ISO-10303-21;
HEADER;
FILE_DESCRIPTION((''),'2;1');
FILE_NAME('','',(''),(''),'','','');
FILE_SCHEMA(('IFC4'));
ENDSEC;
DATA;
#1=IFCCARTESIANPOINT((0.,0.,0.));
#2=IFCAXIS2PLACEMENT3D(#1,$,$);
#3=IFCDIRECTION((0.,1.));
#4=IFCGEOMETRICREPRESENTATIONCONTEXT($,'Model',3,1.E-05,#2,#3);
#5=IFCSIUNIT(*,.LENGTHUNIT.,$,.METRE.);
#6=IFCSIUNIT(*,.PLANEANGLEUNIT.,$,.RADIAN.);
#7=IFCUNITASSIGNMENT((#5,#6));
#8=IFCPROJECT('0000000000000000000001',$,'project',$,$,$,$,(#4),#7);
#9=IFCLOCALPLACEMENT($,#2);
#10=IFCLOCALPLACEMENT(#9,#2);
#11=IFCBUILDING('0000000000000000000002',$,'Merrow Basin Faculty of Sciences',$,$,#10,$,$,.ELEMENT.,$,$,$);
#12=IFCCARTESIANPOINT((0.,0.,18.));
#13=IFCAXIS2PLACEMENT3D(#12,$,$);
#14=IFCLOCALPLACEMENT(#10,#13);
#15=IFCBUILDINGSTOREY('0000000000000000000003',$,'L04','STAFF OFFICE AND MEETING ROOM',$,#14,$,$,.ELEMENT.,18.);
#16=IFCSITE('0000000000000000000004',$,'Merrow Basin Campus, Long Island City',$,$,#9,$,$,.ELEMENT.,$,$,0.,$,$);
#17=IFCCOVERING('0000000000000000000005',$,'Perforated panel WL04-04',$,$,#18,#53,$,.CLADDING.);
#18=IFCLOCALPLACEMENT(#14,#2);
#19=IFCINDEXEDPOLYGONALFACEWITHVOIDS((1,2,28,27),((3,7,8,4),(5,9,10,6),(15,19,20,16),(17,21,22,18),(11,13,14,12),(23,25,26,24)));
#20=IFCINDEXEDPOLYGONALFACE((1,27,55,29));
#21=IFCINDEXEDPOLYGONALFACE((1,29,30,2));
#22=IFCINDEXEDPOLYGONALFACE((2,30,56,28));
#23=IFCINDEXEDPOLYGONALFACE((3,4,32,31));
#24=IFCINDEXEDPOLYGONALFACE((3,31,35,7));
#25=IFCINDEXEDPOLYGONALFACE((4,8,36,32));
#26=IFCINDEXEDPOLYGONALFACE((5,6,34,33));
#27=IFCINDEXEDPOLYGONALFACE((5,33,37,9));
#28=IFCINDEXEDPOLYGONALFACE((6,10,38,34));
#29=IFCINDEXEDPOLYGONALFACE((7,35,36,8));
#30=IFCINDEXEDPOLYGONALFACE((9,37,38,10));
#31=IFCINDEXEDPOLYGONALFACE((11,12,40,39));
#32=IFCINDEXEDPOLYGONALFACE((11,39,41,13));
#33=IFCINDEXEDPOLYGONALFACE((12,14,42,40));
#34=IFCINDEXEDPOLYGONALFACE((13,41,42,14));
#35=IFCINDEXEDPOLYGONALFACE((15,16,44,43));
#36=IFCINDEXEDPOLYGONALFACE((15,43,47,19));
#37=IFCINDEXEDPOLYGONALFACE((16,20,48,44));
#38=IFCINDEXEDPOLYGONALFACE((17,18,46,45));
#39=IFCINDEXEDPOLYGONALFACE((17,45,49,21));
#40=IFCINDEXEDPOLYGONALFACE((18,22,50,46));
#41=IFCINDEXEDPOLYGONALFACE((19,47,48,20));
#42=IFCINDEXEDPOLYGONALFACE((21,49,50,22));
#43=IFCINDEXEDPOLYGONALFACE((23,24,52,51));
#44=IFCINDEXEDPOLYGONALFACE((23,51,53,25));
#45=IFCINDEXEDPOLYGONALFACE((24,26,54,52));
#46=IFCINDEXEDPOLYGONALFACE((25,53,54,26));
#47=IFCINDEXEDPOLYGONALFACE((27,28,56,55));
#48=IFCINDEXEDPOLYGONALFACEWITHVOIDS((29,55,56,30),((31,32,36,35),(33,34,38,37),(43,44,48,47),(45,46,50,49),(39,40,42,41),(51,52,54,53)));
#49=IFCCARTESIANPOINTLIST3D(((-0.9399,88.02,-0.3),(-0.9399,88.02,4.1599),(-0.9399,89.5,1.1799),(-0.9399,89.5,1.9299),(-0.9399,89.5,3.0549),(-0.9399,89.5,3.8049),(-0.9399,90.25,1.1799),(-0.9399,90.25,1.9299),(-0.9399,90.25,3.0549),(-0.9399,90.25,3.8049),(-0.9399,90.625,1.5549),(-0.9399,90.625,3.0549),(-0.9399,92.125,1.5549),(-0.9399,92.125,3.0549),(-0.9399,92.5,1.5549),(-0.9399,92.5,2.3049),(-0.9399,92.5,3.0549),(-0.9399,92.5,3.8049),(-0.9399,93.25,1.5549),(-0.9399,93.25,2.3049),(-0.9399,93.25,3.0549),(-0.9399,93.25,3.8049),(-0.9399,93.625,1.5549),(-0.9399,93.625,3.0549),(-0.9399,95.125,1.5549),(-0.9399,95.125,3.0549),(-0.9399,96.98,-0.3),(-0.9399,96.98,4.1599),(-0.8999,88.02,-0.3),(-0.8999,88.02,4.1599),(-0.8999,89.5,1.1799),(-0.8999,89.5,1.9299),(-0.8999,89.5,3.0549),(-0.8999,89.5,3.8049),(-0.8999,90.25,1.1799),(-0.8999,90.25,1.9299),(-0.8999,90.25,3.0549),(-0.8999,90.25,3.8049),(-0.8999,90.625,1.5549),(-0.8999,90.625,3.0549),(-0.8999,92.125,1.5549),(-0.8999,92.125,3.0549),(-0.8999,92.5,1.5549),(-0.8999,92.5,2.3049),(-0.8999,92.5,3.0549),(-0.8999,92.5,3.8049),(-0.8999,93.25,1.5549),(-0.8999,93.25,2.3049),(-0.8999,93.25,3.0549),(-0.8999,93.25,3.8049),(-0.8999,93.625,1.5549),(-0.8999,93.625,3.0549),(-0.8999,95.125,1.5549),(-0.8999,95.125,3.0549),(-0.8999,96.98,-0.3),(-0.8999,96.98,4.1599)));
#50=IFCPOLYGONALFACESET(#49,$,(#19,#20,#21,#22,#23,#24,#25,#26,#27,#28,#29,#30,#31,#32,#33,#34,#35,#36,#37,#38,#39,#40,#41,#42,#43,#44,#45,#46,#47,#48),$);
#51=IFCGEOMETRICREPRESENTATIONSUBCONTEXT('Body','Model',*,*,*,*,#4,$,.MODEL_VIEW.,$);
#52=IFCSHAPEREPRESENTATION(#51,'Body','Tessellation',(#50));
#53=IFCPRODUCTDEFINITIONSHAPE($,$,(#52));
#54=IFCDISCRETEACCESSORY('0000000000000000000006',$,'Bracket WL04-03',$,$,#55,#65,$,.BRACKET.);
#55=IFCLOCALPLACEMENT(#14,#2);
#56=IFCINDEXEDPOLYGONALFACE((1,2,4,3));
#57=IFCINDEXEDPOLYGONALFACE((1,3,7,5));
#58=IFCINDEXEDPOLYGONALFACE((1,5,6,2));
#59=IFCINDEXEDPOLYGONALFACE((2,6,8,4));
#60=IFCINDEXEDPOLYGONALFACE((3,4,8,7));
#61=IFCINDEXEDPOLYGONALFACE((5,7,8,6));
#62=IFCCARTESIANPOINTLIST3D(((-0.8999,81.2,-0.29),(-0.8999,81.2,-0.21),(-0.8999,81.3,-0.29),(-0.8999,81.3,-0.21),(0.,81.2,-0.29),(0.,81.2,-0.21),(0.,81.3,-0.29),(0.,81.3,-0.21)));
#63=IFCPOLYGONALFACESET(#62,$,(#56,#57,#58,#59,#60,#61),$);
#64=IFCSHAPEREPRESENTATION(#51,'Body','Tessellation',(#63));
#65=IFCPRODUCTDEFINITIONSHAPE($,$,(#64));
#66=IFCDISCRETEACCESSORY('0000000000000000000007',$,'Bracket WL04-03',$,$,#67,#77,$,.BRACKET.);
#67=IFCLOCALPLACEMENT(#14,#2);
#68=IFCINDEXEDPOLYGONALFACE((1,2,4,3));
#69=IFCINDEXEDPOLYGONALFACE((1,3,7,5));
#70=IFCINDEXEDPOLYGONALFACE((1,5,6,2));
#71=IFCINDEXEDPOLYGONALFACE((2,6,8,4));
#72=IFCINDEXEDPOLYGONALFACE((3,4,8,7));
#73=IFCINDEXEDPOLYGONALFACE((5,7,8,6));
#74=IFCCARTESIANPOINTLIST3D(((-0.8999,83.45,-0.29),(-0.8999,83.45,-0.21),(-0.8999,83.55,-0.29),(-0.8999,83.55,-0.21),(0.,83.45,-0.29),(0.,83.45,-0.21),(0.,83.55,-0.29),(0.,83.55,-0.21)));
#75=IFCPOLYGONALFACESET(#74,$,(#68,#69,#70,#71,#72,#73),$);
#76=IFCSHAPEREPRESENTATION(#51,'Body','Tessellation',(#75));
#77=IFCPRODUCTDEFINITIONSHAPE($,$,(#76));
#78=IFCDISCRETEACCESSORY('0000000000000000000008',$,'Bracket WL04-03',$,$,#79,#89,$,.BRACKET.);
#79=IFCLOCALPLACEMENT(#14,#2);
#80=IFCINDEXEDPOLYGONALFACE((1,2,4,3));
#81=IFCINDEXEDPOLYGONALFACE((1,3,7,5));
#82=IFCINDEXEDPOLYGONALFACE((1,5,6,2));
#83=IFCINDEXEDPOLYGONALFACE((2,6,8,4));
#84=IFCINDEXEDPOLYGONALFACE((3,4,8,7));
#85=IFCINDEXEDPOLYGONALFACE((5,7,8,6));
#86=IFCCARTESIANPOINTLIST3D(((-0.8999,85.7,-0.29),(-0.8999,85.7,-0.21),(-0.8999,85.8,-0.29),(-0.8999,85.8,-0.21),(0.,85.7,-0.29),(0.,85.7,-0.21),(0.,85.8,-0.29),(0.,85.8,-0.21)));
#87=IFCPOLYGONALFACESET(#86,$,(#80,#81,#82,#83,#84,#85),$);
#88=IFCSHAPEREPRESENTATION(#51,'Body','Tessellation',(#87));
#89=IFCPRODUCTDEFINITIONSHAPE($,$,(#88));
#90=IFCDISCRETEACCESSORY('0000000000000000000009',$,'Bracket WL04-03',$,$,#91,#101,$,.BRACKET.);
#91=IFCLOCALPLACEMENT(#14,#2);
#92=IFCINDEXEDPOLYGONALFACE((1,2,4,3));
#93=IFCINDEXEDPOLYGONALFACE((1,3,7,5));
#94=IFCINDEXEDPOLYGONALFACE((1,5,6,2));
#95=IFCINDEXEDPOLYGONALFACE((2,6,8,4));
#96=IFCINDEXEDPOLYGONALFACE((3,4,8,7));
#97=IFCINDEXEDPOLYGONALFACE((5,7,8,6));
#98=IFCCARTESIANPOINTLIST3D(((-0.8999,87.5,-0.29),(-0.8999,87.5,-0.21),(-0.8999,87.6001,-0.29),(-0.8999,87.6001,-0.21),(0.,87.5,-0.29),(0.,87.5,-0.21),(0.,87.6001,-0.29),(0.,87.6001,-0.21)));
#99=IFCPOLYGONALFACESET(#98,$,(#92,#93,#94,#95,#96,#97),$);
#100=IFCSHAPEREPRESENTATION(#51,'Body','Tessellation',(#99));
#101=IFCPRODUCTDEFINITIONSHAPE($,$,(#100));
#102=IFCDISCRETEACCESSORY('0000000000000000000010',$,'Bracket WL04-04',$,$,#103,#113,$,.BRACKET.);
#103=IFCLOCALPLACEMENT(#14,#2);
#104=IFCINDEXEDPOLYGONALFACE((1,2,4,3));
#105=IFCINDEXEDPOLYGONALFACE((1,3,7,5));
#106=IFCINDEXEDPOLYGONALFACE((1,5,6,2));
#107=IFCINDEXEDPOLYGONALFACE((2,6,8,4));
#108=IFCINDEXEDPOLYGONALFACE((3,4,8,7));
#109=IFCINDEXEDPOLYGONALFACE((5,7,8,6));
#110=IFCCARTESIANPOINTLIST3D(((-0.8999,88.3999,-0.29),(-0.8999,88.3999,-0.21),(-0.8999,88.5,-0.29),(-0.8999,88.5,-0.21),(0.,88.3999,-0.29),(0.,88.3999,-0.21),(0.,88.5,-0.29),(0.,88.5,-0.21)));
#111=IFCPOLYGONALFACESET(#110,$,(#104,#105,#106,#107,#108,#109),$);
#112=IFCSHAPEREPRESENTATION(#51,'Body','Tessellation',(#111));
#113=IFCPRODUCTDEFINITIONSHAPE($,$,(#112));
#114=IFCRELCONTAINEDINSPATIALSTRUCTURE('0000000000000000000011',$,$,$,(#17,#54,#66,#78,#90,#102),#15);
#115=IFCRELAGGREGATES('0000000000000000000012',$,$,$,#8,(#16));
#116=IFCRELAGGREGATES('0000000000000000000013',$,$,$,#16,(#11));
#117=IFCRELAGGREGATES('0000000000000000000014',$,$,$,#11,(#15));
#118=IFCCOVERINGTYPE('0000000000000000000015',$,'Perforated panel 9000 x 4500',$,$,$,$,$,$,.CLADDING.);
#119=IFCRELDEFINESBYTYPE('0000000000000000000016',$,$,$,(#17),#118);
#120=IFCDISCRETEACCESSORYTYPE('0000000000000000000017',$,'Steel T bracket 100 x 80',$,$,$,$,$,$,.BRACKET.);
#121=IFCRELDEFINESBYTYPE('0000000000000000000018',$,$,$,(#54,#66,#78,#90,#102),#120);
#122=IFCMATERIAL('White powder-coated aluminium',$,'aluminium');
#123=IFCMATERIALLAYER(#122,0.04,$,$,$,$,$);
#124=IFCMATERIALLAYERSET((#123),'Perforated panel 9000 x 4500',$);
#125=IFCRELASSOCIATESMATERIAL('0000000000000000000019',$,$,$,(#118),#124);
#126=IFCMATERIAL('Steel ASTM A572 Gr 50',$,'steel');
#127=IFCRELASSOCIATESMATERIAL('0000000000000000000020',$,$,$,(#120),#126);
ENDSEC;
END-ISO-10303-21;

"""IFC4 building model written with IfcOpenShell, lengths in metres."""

from ifc_helpers import new_model, si_unit, direction, frame, origin, place, context, subcontext, project, spatial, polyline, outline, extrude, source, transform, mapped, material, layer, layer_set, type_object, element, save


model = new_model("IFC4")

# Units and contexts
model_context = context("Model", 3, precision=1e-05, world=origin(), true_north=direction((0.0, 1.0)))
body_context = subcontext(model_context, "Body", "Model", "MODEL_VIEW")
ifc_project = project(units=[si_unit("LENGTHUNIT", "METRE"), si_unit("PLANEANGLEUNIT", "RADIAN")], contexts=[model_context])

# Site, building, storey
site_placement = place(None, origin())
site = spatial("IfcSite", under=ifc_project, at=site_placement, Name="Merrow Basin Campus, Long Island City", CompositionType="ELEMENT", RefElevation=0.0)
building_placement = place(site_placement, origin())
building = spatial("IfcBuilding", under=site, at=building_placement, Name="Merrow Basin Faculty of Sciences", CompositionType="ELEMENT")
storey_placement = place(building_placement, frame((0.0, 0.0, 18.0)))
storey = spatial("IfcBuildingStorey", under=building, at=storey_placement, Name="L04", Description="STAFF OFFICE AND MEETING ROOM", CompositionType="ELEMENT", Elevation=18.0)

# Covering
ifc_material_1 = material(Name="White powder-coated aluminium", Category="aluminium")
ifc_layer_1 = layer(ifc_material_1, 0.04)
ifc_layer_set_1 = layer_set([ifc_layer_1], Name="Perforated panel 9000 x 4500")
covering_type = type_object("IfcCoveringType", Name="Perforated panel 9000 x 4500", PredefinedType="CLADDING", material=ifc_layer_set_1)
shared_shape_1 = source(origin(), body_context, "Body", "SweptSolid", [
    extrude(outline(polyline([(0.02, 0.02), (8.98, 0.02), (8.98, 4.48), (0.02, 4.48), (0.02, 0.02)]), holes=[polyline([(1.5, 1.5), (2.25, 1.5), (2.25, 2.25), (1.5, 2.25), (1.5, 1.5)]), polyline([(2.625, 1.875), (4.125, 1.875), (4.125, 3.375), (2.625, 3.375), (2.625, 1.875)]), polyline([(4.5, 1.875), (5.25, 1.875), (5.25, 2.625), (4.5, 2.625), (4.5, 1.875)]), polyline([(5.625, 1.875), (7.125, 1.875), (7.125, 3.375), (5.625, 3.375), (5.625, 1.875)]), polyline([(1.5, 3.375), (2.25, 3.375), (2.25, 4.125), (1.5, 4.125), (1.5, 3.375)]), polyline([(4.5, 3.375), (5.25, 3.375), (5.25, 4.125), (4.5, 4.125), (4.5, 3.375)])]), origin(), (0.0, 0.0, 1.0), 0.04),
])
covering_placement = place(storey_placement, frame((-0.9399, 88.0, -0.3201), z_axis=(1.0, 0.0, 0.0), x_axis=(0.0, 1.0, 0.0)))
element("IfcCovering", 1, at=covering_placement, inside=storey, type_object=covering_type, Name="Perforated panel WL04-04", PredefinedType="CLADDING", context=body_context, shape_type="MappedRepresentation", body=[
    mapped(shared_shape_1, transform((0.0, 0.0, 0.0), scale=1.0)),
])

# Discrete accessories
ifc_material_2 = material(Name="Steel ASTM A572 Gr 50", Category="steel")
discrete_accessory_type = type_object("IfcDiscreteAccessoryType", Name="Steel T bracket 100 x 80", PredefinedType="BRACKET", material=ifc_material_2)
shared_shape_2 = source(origin(), body_context, "Body", "SweptSolid", [
    extrude(outline(polyline([(0.0, 0.0), (0.1001, 0.0), (0.1001, 0.0801), (0.0, 0.0801), (0.0, 0.0)])), origin(), (0.0, 0.0, 1.0), 0.8999),
])
for number, where, z_axis, x_axis, name in (
    (2, (-0.8999, 81.2, -0.29), (1.0, 0.0, 0.0), (0.0, 1.0, 0.0), "Bracket WL04-03"),
    (3, (-0.8999, 83.45, -0.29), (1.0, 0.0, 0.0), (0.0, 1.0, 0.0), "Bracket WL04-03"),
    (4, (-0.8999, 85.7, -0.29), (1.0, 0.0, 0.0), (0.0, 1.0, 0.0), "Bracket WL04-03"),
    (5, (-0.8999, 87.5, -0.29), (1.0, 0.0, 0.0), (0.0, 1.0, 0.0), "Bracket WL04-03"),
    (6, (-0.8999, 88.3999, -0.29), (1.0, 0.0, 0.0), (0.0, 1.0, 0.0), "Bracket WL04-04"),
):
    element("IfcDiscreteAccessory", number, at=place(storey_placement, frame(where, z_axis=z_axis, x_axis=x_axis)), inside=storey, type_object=discrete_accessory_type, Name=name, PredefinedType="BRACKET", context=body_context, shape_type="MappedRepresentation", body=[
        mapped(shared_shape_2, transform((0.0, 0.0, 0.0), scale=1.0)),
    ])

save(model, "model.ifc")
